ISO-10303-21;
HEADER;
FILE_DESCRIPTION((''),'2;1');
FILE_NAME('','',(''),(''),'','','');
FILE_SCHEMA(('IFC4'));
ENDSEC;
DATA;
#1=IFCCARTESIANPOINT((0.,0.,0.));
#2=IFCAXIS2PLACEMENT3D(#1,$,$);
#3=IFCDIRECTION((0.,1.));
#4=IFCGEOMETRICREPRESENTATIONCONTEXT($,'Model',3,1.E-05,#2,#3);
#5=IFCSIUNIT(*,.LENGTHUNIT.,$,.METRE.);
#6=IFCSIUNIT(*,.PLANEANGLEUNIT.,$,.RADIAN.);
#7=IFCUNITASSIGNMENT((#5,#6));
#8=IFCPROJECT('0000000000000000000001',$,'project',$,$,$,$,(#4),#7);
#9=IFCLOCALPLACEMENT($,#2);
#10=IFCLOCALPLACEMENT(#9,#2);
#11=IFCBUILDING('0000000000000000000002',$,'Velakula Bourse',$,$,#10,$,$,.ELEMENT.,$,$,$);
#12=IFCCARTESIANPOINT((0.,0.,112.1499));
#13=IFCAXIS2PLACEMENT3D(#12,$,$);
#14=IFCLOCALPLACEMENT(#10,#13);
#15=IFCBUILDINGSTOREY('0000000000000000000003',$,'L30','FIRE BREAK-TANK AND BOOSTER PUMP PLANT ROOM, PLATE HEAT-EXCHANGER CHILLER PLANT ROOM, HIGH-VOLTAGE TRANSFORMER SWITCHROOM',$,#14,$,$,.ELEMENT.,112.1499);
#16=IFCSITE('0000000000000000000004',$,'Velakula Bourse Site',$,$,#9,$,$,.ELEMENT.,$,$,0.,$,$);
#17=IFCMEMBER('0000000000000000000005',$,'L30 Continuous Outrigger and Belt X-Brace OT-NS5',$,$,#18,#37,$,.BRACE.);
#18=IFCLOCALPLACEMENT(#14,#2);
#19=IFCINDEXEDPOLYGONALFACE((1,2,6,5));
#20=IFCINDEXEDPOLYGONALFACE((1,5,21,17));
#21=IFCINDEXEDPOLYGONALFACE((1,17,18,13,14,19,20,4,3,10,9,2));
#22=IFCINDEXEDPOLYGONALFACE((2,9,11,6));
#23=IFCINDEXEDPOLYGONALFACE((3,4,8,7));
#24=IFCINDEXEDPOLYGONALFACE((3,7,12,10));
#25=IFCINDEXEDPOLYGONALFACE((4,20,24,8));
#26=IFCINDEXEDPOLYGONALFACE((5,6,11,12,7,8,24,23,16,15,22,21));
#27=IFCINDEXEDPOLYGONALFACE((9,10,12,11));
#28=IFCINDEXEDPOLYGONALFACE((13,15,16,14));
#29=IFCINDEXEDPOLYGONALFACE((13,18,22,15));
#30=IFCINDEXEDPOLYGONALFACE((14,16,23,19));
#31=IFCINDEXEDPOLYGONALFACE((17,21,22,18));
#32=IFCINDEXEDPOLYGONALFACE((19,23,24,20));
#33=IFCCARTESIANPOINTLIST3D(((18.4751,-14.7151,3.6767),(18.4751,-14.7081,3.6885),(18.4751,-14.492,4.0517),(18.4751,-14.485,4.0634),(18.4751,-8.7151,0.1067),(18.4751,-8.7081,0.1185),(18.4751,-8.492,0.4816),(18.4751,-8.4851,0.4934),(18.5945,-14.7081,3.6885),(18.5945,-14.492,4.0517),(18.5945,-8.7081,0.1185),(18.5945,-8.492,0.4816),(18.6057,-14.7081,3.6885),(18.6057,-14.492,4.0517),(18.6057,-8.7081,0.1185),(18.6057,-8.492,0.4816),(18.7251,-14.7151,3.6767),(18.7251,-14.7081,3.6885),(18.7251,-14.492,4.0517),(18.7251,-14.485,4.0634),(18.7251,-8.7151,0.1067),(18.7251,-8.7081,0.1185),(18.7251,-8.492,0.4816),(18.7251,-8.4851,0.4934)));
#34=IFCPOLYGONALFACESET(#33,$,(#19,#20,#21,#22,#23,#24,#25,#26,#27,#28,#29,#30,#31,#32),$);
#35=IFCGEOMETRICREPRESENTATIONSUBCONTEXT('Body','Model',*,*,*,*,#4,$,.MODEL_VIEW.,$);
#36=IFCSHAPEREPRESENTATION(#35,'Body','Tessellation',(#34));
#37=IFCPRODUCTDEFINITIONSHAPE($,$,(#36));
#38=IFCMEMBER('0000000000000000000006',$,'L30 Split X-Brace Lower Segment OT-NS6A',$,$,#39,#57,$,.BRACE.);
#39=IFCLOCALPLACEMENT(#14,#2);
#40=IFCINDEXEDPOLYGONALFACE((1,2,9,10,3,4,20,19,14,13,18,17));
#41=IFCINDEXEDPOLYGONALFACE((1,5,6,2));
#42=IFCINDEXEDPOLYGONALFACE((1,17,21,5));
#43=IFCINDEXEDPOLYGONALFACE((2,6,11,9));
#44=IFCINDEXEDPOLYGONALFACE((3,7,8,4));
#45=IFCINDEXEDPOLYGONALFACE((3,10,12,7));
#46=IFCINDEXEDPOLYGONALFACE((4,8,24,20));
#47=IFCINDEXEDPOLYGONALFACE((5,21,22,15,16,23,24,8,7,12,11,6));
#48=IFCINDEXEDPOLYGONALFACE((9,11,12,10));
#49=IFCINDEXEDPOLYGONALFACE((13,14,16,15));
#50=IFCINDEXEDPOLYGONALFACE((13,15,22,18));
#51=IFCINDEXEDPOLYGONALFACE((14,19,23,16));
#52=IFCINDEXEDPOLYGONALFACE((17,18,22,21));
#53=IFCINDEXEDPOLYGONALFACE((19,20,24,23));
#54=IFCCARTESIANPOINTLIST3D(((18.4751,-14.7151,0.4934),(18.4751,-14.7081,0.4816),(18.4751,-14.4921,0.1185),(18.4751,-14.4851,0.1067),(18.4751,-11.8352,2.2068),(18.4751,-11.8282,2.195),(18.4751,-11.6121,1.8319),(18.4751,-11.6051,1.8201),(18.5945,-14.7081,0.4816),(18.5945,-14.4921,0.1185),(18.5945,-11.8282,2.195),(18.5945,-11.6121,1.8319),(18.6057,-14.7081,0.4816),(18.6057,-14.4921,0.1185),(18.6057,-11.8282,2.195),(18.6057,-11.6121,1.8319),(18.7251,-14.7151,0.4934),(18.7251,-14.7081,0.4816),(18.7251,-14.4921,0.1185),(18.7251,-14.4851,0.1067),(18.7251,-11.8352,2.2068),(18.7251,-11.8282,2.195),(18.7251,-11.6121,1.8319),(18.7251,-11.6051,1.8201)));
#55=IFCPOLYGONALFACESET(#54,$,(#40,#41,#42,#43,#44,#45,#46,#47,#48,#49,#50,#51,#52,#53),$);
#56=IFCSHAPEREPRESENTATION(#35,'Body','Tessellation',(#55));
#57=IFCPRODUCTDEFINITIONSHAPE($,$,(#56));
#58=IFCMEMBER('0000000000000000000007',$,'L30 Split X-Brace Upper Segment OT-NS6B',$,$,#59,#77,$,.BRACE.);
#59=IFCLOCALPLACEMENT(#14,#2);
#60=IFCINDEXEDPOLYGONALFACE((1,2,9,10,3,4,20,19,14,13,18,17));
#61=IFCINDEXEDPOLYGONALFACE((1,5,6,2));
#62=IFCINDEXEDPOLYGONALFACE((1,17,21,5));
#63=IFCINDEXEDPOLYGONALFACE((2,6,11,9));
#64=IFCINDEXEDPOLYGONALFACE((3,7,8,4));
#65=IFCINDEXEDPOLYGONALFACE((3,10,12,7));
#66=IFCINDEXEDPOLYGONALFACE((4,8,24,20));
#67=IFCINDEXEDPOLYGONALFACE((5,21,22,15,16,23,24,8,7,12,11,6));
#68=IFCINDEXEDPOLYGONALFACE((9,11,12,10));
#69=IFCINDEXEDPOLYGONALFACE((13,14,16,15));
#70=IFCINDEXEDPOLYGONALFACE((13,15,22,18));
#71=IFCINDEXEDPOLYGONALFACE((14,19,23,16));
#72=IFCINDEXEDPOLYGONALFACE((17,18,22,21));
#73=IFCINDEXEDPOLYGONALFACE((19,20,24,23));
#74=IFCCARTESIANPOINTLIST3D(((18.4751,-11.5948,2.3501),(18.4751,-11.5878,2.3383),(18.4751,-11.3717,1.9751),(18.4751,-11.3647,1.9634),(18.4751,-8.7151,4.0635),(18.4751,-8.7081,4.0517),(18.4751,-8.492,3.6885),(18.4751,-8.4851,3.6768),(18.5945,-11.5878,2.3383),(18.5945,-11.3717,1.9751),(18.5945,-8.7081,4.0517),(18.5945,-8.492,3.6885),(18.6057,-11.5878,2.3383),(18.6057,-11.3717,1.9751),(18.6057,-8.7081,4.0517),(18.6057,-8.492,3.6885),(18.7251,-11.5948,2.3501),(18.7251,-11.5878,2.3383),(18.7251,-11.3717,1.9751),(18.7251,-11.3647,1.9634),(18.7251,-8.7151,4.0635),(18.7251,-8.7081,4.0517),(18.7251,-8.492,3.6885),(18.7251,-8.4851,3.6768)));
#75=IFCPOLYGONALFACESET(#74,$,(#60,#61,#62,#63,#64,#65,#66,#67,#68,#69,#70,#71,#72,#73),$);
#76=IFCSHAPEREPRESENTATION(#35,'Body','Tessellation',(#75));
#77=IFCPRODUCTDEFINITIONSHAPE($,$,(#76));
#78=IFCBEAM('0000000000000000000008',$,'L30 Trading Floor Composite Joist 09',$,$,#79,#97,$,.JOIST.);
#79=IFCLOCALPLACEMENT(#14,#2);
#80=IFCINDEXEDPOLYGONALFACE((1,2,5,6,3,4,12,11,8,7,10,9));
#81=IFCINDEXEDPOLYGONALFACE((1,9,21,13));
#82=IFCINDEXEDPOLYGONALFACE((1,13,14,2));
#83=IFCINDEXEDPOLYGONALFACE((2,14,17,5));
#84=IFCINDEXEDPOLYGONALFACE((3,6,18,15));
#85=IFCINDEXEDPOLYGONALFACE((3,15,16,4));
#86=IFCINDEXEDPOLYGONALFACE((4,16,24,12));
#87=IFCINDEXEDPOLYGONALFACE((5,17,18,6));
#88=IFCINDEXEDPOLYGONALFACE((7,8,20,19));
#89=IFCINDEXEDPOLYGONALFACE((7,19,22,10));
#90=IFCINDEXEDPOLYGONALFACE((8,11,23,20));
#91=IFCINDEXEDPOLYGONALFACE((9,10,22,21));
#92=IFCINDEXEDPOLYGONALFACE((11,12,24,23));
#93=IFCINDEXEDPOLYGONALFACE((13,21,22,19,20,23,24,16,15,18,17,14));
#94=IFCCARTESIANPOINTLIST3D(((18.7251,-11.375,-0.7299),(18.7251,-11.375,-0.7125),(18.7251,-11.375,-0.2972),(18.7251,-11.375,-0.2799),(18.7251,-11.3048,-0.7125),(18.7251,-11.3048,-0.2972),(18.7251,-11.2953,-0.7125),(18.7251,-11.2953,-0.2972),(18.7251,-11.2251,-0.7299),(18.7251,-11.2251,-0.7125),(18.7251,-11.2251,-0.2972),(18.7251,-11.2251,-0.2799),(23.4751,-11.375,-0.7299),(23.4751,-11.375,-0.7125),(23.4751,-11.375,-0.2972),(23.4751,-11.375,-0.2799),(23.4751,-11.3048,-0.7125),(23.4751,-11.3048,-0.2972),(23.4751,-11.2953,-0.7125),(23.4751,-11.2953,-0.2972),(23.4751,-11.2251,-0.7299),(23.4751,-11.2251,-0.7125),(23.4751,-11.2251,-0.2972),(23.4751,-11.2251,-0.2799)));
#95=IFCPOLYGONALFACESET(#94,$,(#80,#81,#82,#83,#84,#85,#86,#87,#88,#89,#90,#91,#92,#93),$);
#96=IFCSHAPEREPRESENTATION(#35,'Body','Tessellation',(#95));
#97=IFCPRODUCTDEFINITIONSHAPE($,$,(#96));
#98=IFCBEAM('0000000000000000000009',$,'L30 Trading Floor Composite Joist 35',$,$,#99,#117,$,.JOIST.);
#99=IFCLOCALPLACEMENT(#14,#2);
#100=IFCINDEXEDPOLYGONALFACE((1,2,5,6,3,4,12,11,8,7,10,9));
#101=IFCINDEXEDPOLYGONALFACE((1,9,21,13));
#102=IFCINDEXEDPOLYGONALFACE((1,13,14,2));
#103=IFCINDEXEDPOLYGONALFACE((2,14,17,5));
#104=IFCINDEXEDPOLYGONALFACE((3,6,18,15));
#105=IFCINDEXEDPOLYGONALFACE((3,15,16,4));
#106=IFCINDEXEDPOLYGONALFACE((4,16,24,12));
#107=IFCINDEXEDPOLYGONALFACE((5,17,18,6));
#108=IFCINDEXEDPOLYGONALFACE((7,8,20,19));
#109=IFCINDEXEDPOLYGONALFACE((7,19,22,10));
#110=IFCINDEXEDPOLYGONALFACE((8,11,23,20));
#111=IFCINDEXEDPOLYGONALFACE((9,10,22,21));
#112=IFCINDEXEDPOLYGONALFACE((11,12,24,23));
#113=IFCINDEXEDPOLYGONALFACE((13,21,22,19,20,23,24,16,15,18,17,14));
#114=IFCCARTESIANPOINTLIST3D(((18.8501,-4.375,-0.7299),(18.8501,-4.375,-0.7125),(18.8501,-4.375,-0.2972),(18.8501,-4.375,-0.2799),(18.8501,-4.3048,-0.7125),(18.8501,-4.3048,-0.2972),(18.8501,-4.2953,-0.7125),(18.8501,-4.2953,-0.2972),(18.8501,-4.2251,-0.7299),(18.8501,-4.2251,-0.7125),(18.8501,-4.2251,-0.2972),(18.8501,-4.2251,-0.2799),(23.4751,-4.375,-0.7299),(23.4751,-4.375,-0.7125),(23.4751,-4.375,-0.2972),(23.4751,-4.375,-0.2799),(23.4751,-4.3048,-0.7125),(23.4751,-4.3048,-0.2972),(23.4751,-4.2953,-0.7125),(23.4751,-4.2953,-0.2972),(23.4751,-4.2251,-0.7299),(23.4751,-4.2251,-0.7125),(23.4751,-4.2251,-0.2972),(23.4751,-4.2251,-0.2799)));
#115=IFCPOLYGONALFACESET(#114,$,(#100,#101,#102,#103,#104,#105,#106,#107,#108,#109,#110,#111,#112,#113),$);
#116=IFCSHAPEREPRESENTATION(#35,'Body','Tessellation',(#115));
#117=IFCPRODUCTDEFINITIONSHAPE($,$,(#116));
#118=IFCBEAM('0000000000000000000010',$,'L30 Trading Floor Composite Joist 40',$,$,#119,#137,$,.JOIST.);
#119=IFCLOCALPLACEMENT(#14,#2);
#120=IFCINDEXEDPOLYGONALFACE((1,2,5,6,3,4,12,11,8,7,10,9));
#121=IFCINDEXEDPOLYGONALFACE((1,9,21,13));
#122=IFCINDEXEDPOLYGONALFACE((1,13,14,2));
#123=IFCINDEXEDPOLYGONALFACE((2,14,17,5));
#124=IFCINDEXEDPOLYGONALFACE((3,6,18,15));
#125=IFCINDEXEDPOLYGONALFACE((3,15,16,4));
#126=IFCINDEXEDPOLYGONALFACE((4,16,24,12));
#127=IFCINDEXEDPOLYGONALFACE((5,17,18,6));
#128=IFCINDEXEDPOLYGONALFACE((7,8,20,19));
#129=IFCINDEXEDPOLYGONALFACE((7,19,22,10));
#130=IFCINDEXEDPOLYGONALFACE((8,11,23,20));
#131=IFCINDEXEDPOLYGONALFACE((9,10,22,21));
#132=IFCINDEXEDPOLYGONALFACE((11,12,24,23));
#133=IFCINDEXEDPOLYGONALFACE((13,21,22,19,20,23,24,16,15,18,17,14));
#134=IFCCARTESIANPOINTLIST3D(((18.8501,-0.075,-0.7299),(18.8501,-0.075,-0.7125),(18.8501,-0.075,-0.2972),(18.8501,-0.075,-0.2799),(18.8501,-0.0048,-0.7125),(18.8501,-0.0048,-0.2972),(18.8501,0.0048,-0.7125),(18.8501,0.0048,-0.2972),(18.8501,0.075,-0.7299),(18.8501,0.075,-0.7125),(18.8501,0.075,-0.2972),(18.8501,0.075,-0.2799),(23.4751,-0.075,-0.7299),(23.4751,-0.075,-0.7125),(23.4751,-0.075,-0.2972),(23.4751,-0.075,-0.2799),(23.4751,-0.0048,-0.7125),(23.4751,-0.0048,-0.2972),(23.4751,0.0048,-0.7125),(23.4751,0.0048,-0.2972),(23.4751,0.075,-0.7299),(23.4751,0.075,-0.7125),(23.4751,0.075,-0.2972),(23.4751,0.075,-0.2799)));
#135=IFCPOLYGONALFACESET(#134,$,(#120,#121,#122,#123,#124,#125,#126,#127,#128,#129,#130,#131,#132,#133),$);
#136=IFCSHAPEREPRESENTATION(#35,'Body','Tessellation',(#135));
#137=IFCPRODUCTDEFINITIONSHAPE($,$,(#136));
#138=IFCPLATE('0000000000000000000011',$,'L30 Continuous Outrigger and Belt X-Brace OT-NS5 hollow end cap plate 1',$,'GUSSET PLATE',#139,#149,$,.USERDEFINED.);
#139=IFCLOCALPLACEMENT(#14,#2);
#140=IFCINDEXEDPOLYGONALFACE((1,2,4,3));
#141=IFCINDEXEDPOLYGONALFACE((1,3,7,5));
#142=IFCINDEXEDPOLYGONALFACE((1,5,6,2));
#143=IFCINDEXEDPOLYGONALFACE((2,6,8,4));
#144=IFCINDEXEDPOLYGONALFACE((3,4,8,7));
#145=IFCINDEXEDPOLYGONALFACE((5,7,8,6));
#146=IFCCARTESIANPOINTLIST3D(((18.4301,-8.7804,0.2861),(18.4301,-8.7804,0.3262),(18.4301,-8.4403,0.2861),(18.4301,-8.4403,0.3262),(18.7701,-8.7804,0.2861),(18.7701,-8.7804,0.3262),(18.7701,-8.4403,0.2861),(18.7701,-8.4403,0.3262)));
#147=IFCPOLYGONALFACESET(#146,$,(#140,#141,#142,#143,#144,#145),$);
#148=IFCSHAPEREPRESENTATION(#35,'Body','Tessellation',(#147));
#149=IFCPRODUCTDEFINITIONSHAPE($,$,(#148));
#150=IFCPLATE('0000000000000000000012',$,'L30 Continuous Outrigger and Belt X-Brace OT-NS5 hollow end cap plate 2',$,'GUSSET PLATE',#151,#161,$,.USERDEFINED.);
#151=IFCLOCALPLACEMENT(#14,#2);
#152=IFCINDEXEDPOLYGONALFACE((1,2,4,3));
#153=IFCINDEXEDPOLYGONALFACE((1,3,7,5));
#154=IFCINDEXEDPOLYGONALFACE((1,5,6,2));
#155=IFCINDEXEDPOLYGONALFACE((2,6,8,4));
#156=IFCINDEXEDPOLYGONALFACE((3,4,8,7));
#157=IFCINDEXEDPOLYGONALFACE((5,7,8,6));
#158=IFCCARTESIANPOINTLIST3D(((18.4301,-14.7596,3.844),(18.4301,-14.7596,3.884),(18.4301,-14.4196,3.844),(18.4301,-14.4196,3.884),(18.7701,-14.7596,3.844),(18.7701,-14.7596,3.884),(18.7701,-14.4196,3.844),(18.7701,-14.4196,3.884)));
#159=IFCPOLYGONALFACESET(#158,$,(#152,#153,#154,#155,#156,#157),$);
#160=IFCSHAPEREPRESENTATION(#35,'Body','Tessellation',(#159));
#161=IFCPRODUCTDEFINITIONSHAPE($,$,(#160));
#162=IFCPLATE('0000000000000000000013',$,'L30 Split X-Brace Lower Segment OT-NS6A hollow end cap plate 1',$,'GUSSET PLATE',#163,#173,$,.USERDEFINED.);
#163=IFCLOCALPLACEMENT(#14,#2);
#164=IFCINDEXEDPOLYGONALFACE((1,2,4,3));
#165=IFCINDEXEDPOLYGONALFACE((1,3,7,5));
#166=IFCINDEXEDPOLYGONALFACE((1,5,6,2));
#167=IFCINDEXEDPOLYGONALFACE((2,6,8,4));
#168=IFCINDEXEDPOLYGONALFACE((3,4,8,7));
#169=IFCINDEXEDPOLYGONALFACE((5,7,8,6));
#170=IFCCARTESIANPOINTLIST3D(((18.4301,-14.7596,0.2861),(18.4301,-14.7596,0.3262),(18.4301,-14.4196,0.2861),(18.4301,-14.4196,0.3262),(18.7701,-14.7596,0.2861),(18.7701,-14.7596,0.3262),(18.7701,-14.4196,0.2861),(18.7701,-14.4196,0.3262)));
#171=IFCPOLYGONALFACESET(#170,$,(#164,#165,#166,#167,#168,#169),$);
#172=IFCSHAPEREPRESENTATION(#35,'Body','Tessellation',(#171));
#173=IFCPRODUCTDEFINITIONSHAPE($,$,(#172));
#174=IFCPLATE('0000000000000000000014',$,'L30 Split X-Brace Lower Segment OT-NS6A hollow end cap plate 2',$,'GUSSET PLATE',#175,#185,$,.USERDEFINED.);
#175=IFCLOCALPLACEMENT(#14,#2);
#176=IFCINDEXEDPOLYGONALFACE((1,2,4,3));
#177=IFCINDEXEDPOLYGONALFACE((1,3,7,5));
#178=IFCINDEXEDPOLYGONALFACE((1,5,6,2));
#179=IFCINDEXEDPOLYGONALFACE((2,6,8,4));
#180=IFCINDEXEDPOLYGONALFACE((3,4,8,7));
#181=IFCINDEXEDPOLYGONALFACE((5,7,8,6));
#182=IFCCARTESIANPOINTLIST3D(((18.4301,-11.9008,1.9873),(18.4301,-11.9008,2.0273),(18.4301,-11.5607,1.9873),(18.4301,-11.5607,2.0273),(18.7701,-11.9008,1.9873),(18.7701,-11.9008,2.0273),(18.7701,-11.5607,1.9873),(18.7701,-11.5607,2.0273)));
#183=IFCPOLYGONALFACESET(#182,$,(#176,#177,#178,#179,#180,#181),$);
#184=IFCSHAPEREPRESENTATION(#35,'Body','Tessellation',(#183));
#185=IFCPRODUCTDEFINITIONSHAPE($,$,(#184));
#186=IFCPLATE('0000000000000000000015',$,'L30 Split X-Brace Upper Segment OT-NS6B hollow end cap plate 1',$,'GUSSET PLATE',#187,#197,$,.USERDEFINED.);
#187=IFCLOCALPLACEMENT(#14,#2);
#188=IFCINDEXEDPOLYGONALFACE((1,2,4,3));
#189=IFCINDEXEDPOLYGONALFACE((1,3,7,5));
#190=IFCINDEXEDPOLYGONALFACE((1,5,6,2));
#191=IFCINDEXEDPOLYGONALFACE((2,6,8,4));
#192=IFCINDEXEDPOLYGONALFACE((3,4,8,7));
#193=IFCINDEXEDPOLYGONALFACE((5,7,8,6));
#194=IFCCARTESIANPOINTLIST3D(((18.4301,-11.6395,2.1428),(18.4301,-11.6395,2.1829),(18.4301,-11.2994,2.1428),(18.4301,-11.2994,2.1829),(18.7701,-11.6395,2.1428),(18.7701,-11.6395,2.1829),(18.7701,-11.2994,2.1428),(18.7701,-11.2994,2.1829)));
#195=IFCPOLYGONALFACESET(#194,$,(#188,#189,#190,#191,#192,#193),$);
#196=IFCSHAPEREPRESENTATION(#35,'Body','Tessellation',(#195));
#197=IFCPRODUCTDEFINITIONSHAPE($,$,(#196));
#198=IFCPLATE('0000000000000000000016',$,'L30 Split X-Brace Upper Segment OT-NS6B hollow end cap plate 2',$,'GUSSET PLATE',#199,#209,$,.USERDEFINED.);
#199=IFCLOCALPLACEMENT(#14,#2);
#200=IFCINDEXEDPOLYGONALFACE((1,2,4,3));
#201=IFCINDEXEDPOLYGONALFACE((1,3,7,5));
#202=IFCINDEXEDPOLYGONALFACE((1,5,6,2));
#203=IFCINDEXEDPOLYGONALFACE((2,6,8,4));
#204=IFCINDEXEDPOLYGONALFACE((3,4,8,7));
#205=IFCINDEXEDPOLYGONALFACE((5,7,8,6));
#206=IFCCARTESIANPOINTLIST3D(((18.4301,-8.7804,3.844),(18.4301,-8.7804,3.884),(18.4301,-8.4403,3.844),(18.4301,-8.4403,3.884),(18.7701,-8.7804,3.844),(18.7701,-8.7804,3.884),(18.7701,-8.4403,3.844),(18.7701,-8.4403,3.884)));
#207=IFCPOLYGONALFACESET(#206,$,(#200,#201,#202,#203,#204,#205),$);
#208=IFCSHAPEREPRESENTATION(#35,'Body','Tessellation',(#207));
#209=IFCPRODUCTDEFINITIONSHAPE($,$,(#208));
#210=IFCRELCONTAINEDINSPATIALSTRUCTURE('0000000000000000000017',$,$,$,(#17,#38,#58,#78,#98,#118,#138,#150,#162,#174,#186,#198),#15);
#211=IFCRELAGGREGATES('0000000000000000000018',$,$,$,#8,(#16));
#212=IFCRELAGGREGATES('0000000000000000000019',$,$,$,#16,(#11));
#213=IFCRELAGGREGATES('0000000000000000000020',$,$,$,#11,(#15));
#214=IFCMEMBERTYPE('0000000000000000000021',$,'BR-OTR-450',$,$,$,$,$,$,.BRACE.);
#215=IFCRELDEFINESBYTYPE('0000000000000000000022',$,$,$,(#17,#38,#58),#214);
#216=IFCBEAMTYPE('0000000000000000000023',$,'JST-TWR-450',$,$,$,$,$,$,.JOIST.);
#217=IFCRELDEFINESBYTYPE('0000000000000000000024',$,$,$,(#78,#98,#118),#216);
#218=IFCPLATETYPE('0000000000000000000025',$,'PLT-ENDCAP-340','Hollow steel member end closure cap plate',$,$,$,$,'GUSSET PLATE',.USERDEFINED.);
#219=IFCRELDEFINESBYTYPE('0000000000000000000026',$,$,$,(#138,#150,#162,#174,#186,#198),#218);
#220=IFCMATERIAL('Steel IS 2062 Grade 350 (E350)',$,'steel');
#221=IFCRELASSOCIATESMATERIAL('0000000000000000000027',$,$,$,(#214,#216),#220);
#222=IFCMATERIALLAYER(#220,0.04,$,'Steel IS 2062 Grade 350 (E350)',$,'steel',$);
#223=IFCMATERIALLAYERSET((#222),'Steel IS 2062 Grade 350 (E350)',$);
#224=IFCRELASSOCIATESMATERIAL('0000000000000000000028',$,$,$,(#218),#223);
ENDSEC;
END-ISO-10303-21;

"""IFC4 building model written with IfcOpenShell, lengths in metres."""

from ifc_helpers import new_model, si_unit, direction, frame, origin, origin_2d, place, context, subcontext, project, spatial, rectangle, i_section, extrude, material, layer, layer_set, material_profile, profile_set, type_object, element, save


model = new_model("IFC4")

# Units and contexts
model_context = context("Model", 3, precision=1e-05, world=origin(), true_north=direction((0.0, 1.0)))
body_context = subcontext(model_context, "Body", "Model", "MODEL_VIEW")
ifc_project = project(units=[si_unit("LENGTHUNIT", "METRE"), si_unit("PLANEANGLEUNIT", "RADIAN")], contexts=[model_context])

# Site, building, storey
site_placement = place(None, origin())
site = spatial("IfcSite", under=ifc_project, at=site_placement, Name="Velakula Bourse Site", CompositionType="ELEMENT", RefElevation=0.0)
building_placement = place(site_placement, origin())
building = spatial("IfcBuilding", under=site, at=building_placement, Name="Velakula Bourse", CompositionType="ELEMENT")
storey_placement = place(building_placement, frame((0.0, 0.0, 112.1499)))
storey = spatial("IfcBuildingStorey", under=building, at=storey_placement, Name="L30", Description="FIRE BREAK-TANK AND BOOSTER PUMP PLANT ROOM, PLATE HEAT-EXCHANGER CHILLER PLANT ROOM, HIGH-VOLTAGE TRANSFORMER SWITCHROOM", CompositionType="ELEMENT", Elevation=112.1499)

# Shared definitions
ifc_material_1 = material(Name="Steel IS 2062 Grade 350 (E350)", Category="steel")

# Members
ifc_material_profile_1 = material_profile(ifc_material_1, i_section(OverallWidth=0.25, OverallDepth=0.45, WebThickness=0.0112, FlangeThickness=0.0137, at=origin_2d()), Name="Steel IS 2062 Grade 350 (E350)")
ifc_profile_set_1 = profile_set([ifc_material_profile_1], Name="Steel IS 2062 Grade 350 (E350)")
member_type = type_object("IfcMemberType", Name="BR-OTR-450", PredefinedType="BRACE", material=ifc_profile_set_1)
member_1_placement = place(storey_placement, frame((18.6001, -8.6001, 0.3), z_axis=(0.0, -0.859378, 0.51134), x_axis=(1.0, 0.0, 0.0)))
element("IfcMember", 1, at=member_1_placement, inside=storey, type_object=member_type, Name="L30 Continuous Outrigger and Belt X-Brace OT-NS5", PredefinedType="BRACE", context=body_context, shape_type="SweptSolid", body=[
    extrude(i_section(OverallWidth=0.25, OverallDepth=0.45, WebThickness=0.0112, FlangeThickness=0.0137, at=origin_2d()), origin(), (0.0, 0.0, 1.0), 6.9817),
])
member_2_placement = place(storey_placement, frame((18.6001, -14.6001, 0.3), z_axis=(0.0, 0.859403, 0.511299), x_axis=(-1.0, 0.0, 0.0)))
element("IfcMember", 2, at=member_2_placement, inside=storey, type_object=member_type, Name="L30 Split X-Brace Lower Segment OT-NS6A", PredefinedType="BRACE", context=body_context, shape_type="SweptSolid", body=[
    extrude(i_section(OverallWidth=0.25, OverallDepth=0.45, WebThickness=0.0112, FlangeThickness=0.0137, at=origin_2d()), origin(), (0.0, 0.0, 1.0), 3.3511),
])
member_3_placement = place(storey_placement, frame((18.6001, -11.4797, 2.1567), z_axis=(0.0, 0.859384, 0.511331), x_axis=(-1.0, 0.0, 0.0)))
element("IfcMember", 3, at=member_3_placement, inside=storey, type_object=member_type, Name="L30 Split X-Brace Upper Segment OT-NS6B", PredefinedType="BRACE", context=body_context, shape_type="SweptSolid", body=[
    extrude(i_section(OverallWidth=0.25, OverallDepth=0.45, WebThickness=0.0112, FlangeThickness=0.0137, at=origin_2d()), origin(), (0.0, 0.0, 1.0), 3.3508),
])

# Beams
ifc_material_profile_2 = material_profile(ifc_material_1, i_section(OverallWidth=0.1499, OverallDepth=0.45, WebThickness=0.0095, FlangeThickness=0.0173, at=origin_2d()), Name="Steel IS 2062 Grade 350 (E350)")
ifc_profile_set_2 = profile_set([ifc_material_profile_2], Name="Steel IS 2062 Grade 350 (E350)")
beam_type_1 = type_object("IfcBeamType", Name="JST-TWR-450", PredefinedType="JOIST", material=ifc_profile_set_2)
beam_1_placement = place(storey_placement, frame((18.7251, -11.3, -0.5049), z_axis=(1.0, 0.0, 0.0), x_axis=(0.0, 1.0, 0.0)))
element("IfcBeam", 4, at=beam_1_placement, inside=storey, type_object=beam_type_1, Name="L30 Trading Floor Composite Joist 09", PredefinedType="JOIST", context=body_context, shape_type="SweptSolid", body=[
    extrude(i_section(OverallWidth=0.1499, OverallDepth=0.45, WebThickness=0.0095, FlangeThickness=0.0173, at=origin_2d()), origin(), (0.0, 0.0, 1.0), 4.75),
])
for number, where, z_axis, x_axis, name in (
    (5, (18.8501, -4.3, -0.5049), (1.0, 0.0, 0.0), (0.0, 1.0, 0.0), "L30 Trading Floor Composite Joist 35"),
    (6, (18.8501, 0.0, -0.5049), (1.0, 0.0, 0.0), (0.0, 1.0, 0.0), "L30 Trading Floor Composite Joist 40"),
):
    element("IfcBeam", number, at=place(storey_placement, frame(where, z_axis=z_axis, x_axis=x_axis)), inside=storey, type_object=beam_type_1, Name=name, PredefinedType="JOIST", context=body_context, shape_type="SweptSolid", body=[
        extrude(i_section(OverallWidth=0.1499, OverallDepth=0.45, WebThickness=0.0095, FlangeThickness=0.0173, at=origin_2d()), origin(), (0.0, 0.0, 1.0), 4.625),
    ])

# Plates
ifc_layer_1 = layer(ifc_material_1, 0.04, Name="Steel IS 2062 Grade 350 (E350)", Category="steel")
ifc_layer_set_1 = layer_set([ifc_layer_1], Name="Steel IS 2062 Grade 350 (E350)")
plate_type_1 = type_object("IfcPlateType", Name="PLT-ENDCAP-340", Description="Hollow steel member end closure cap plate", ElementType="GUSSET PLATE", PredefinedType="USERDEFINED", material=ifc_layer_set_1)
for number, where, z_axis, x_axis, name in (
    (7, (18.6001, -8.6104, 0.2861), (0.0, 0.0, 1.0), (0.0, -1.0, 0.0), "L30 Continuous Outrigger and Belt X-Brace OT-NS5 hollow end cap plate 1"),
    (8, (18.6001, -14.5896, 3.844), (0.0, 0.0, 1.0), (0.0, -1.0, 0.0), "L30 Continuous Outrigger and Belt X-Brace OT-NS5 hollow end cap plate 2"),
    (9, (18.6001, -14.5896, 0.2861), (0.0, 0.0, 1.0), (0.0, 1.0, 0.0), "L30 Split X-Brace Lower Segment OT-NS6A hollow end cap plate 1"),
    (10, (18.6001, -11.7307, 1.9873), (0.0, 0.0, 1.0), (0.0, 1.0, 0.0), "L30 Split X-Brace Lower Segment OT-NS6A hollow end cap plate 2"),
    (11, (18.6001, -11.4695, 2.1428), (0.0, 0.0, 1.0), (0.0, 1.0, 0.0), "L30 Split X-Brace Upper Segment OT-NS6B hollow end cap plate 1"),
    (12, (18.6001, -8.6104, 3.844), (0.0, 0.0, 1.0), (0.0, 1.0, 0.0), "L30 Split X-Brace Upper Segment OT-NS6B hollow end cap plate 2"),
):
    element("IfcPlate", number, at=place(storey_placement, frame(where, z_axis=z_axis, x_axis=x_axis)), inside=storey, type_object=plate_type_1, Name=name, ObjectType="GUSSET PLATE", PredefinedType="USERDEFINED", context=body_context, shape_type="SweptSolid", body=[
        extrude(rectangle(XDim=0.3401, YDim=0.3401, at=origin_2d()), origin(), (0.0, 0.0, 1.0), 0.04),
    ])

save(model, "model.ifc")
